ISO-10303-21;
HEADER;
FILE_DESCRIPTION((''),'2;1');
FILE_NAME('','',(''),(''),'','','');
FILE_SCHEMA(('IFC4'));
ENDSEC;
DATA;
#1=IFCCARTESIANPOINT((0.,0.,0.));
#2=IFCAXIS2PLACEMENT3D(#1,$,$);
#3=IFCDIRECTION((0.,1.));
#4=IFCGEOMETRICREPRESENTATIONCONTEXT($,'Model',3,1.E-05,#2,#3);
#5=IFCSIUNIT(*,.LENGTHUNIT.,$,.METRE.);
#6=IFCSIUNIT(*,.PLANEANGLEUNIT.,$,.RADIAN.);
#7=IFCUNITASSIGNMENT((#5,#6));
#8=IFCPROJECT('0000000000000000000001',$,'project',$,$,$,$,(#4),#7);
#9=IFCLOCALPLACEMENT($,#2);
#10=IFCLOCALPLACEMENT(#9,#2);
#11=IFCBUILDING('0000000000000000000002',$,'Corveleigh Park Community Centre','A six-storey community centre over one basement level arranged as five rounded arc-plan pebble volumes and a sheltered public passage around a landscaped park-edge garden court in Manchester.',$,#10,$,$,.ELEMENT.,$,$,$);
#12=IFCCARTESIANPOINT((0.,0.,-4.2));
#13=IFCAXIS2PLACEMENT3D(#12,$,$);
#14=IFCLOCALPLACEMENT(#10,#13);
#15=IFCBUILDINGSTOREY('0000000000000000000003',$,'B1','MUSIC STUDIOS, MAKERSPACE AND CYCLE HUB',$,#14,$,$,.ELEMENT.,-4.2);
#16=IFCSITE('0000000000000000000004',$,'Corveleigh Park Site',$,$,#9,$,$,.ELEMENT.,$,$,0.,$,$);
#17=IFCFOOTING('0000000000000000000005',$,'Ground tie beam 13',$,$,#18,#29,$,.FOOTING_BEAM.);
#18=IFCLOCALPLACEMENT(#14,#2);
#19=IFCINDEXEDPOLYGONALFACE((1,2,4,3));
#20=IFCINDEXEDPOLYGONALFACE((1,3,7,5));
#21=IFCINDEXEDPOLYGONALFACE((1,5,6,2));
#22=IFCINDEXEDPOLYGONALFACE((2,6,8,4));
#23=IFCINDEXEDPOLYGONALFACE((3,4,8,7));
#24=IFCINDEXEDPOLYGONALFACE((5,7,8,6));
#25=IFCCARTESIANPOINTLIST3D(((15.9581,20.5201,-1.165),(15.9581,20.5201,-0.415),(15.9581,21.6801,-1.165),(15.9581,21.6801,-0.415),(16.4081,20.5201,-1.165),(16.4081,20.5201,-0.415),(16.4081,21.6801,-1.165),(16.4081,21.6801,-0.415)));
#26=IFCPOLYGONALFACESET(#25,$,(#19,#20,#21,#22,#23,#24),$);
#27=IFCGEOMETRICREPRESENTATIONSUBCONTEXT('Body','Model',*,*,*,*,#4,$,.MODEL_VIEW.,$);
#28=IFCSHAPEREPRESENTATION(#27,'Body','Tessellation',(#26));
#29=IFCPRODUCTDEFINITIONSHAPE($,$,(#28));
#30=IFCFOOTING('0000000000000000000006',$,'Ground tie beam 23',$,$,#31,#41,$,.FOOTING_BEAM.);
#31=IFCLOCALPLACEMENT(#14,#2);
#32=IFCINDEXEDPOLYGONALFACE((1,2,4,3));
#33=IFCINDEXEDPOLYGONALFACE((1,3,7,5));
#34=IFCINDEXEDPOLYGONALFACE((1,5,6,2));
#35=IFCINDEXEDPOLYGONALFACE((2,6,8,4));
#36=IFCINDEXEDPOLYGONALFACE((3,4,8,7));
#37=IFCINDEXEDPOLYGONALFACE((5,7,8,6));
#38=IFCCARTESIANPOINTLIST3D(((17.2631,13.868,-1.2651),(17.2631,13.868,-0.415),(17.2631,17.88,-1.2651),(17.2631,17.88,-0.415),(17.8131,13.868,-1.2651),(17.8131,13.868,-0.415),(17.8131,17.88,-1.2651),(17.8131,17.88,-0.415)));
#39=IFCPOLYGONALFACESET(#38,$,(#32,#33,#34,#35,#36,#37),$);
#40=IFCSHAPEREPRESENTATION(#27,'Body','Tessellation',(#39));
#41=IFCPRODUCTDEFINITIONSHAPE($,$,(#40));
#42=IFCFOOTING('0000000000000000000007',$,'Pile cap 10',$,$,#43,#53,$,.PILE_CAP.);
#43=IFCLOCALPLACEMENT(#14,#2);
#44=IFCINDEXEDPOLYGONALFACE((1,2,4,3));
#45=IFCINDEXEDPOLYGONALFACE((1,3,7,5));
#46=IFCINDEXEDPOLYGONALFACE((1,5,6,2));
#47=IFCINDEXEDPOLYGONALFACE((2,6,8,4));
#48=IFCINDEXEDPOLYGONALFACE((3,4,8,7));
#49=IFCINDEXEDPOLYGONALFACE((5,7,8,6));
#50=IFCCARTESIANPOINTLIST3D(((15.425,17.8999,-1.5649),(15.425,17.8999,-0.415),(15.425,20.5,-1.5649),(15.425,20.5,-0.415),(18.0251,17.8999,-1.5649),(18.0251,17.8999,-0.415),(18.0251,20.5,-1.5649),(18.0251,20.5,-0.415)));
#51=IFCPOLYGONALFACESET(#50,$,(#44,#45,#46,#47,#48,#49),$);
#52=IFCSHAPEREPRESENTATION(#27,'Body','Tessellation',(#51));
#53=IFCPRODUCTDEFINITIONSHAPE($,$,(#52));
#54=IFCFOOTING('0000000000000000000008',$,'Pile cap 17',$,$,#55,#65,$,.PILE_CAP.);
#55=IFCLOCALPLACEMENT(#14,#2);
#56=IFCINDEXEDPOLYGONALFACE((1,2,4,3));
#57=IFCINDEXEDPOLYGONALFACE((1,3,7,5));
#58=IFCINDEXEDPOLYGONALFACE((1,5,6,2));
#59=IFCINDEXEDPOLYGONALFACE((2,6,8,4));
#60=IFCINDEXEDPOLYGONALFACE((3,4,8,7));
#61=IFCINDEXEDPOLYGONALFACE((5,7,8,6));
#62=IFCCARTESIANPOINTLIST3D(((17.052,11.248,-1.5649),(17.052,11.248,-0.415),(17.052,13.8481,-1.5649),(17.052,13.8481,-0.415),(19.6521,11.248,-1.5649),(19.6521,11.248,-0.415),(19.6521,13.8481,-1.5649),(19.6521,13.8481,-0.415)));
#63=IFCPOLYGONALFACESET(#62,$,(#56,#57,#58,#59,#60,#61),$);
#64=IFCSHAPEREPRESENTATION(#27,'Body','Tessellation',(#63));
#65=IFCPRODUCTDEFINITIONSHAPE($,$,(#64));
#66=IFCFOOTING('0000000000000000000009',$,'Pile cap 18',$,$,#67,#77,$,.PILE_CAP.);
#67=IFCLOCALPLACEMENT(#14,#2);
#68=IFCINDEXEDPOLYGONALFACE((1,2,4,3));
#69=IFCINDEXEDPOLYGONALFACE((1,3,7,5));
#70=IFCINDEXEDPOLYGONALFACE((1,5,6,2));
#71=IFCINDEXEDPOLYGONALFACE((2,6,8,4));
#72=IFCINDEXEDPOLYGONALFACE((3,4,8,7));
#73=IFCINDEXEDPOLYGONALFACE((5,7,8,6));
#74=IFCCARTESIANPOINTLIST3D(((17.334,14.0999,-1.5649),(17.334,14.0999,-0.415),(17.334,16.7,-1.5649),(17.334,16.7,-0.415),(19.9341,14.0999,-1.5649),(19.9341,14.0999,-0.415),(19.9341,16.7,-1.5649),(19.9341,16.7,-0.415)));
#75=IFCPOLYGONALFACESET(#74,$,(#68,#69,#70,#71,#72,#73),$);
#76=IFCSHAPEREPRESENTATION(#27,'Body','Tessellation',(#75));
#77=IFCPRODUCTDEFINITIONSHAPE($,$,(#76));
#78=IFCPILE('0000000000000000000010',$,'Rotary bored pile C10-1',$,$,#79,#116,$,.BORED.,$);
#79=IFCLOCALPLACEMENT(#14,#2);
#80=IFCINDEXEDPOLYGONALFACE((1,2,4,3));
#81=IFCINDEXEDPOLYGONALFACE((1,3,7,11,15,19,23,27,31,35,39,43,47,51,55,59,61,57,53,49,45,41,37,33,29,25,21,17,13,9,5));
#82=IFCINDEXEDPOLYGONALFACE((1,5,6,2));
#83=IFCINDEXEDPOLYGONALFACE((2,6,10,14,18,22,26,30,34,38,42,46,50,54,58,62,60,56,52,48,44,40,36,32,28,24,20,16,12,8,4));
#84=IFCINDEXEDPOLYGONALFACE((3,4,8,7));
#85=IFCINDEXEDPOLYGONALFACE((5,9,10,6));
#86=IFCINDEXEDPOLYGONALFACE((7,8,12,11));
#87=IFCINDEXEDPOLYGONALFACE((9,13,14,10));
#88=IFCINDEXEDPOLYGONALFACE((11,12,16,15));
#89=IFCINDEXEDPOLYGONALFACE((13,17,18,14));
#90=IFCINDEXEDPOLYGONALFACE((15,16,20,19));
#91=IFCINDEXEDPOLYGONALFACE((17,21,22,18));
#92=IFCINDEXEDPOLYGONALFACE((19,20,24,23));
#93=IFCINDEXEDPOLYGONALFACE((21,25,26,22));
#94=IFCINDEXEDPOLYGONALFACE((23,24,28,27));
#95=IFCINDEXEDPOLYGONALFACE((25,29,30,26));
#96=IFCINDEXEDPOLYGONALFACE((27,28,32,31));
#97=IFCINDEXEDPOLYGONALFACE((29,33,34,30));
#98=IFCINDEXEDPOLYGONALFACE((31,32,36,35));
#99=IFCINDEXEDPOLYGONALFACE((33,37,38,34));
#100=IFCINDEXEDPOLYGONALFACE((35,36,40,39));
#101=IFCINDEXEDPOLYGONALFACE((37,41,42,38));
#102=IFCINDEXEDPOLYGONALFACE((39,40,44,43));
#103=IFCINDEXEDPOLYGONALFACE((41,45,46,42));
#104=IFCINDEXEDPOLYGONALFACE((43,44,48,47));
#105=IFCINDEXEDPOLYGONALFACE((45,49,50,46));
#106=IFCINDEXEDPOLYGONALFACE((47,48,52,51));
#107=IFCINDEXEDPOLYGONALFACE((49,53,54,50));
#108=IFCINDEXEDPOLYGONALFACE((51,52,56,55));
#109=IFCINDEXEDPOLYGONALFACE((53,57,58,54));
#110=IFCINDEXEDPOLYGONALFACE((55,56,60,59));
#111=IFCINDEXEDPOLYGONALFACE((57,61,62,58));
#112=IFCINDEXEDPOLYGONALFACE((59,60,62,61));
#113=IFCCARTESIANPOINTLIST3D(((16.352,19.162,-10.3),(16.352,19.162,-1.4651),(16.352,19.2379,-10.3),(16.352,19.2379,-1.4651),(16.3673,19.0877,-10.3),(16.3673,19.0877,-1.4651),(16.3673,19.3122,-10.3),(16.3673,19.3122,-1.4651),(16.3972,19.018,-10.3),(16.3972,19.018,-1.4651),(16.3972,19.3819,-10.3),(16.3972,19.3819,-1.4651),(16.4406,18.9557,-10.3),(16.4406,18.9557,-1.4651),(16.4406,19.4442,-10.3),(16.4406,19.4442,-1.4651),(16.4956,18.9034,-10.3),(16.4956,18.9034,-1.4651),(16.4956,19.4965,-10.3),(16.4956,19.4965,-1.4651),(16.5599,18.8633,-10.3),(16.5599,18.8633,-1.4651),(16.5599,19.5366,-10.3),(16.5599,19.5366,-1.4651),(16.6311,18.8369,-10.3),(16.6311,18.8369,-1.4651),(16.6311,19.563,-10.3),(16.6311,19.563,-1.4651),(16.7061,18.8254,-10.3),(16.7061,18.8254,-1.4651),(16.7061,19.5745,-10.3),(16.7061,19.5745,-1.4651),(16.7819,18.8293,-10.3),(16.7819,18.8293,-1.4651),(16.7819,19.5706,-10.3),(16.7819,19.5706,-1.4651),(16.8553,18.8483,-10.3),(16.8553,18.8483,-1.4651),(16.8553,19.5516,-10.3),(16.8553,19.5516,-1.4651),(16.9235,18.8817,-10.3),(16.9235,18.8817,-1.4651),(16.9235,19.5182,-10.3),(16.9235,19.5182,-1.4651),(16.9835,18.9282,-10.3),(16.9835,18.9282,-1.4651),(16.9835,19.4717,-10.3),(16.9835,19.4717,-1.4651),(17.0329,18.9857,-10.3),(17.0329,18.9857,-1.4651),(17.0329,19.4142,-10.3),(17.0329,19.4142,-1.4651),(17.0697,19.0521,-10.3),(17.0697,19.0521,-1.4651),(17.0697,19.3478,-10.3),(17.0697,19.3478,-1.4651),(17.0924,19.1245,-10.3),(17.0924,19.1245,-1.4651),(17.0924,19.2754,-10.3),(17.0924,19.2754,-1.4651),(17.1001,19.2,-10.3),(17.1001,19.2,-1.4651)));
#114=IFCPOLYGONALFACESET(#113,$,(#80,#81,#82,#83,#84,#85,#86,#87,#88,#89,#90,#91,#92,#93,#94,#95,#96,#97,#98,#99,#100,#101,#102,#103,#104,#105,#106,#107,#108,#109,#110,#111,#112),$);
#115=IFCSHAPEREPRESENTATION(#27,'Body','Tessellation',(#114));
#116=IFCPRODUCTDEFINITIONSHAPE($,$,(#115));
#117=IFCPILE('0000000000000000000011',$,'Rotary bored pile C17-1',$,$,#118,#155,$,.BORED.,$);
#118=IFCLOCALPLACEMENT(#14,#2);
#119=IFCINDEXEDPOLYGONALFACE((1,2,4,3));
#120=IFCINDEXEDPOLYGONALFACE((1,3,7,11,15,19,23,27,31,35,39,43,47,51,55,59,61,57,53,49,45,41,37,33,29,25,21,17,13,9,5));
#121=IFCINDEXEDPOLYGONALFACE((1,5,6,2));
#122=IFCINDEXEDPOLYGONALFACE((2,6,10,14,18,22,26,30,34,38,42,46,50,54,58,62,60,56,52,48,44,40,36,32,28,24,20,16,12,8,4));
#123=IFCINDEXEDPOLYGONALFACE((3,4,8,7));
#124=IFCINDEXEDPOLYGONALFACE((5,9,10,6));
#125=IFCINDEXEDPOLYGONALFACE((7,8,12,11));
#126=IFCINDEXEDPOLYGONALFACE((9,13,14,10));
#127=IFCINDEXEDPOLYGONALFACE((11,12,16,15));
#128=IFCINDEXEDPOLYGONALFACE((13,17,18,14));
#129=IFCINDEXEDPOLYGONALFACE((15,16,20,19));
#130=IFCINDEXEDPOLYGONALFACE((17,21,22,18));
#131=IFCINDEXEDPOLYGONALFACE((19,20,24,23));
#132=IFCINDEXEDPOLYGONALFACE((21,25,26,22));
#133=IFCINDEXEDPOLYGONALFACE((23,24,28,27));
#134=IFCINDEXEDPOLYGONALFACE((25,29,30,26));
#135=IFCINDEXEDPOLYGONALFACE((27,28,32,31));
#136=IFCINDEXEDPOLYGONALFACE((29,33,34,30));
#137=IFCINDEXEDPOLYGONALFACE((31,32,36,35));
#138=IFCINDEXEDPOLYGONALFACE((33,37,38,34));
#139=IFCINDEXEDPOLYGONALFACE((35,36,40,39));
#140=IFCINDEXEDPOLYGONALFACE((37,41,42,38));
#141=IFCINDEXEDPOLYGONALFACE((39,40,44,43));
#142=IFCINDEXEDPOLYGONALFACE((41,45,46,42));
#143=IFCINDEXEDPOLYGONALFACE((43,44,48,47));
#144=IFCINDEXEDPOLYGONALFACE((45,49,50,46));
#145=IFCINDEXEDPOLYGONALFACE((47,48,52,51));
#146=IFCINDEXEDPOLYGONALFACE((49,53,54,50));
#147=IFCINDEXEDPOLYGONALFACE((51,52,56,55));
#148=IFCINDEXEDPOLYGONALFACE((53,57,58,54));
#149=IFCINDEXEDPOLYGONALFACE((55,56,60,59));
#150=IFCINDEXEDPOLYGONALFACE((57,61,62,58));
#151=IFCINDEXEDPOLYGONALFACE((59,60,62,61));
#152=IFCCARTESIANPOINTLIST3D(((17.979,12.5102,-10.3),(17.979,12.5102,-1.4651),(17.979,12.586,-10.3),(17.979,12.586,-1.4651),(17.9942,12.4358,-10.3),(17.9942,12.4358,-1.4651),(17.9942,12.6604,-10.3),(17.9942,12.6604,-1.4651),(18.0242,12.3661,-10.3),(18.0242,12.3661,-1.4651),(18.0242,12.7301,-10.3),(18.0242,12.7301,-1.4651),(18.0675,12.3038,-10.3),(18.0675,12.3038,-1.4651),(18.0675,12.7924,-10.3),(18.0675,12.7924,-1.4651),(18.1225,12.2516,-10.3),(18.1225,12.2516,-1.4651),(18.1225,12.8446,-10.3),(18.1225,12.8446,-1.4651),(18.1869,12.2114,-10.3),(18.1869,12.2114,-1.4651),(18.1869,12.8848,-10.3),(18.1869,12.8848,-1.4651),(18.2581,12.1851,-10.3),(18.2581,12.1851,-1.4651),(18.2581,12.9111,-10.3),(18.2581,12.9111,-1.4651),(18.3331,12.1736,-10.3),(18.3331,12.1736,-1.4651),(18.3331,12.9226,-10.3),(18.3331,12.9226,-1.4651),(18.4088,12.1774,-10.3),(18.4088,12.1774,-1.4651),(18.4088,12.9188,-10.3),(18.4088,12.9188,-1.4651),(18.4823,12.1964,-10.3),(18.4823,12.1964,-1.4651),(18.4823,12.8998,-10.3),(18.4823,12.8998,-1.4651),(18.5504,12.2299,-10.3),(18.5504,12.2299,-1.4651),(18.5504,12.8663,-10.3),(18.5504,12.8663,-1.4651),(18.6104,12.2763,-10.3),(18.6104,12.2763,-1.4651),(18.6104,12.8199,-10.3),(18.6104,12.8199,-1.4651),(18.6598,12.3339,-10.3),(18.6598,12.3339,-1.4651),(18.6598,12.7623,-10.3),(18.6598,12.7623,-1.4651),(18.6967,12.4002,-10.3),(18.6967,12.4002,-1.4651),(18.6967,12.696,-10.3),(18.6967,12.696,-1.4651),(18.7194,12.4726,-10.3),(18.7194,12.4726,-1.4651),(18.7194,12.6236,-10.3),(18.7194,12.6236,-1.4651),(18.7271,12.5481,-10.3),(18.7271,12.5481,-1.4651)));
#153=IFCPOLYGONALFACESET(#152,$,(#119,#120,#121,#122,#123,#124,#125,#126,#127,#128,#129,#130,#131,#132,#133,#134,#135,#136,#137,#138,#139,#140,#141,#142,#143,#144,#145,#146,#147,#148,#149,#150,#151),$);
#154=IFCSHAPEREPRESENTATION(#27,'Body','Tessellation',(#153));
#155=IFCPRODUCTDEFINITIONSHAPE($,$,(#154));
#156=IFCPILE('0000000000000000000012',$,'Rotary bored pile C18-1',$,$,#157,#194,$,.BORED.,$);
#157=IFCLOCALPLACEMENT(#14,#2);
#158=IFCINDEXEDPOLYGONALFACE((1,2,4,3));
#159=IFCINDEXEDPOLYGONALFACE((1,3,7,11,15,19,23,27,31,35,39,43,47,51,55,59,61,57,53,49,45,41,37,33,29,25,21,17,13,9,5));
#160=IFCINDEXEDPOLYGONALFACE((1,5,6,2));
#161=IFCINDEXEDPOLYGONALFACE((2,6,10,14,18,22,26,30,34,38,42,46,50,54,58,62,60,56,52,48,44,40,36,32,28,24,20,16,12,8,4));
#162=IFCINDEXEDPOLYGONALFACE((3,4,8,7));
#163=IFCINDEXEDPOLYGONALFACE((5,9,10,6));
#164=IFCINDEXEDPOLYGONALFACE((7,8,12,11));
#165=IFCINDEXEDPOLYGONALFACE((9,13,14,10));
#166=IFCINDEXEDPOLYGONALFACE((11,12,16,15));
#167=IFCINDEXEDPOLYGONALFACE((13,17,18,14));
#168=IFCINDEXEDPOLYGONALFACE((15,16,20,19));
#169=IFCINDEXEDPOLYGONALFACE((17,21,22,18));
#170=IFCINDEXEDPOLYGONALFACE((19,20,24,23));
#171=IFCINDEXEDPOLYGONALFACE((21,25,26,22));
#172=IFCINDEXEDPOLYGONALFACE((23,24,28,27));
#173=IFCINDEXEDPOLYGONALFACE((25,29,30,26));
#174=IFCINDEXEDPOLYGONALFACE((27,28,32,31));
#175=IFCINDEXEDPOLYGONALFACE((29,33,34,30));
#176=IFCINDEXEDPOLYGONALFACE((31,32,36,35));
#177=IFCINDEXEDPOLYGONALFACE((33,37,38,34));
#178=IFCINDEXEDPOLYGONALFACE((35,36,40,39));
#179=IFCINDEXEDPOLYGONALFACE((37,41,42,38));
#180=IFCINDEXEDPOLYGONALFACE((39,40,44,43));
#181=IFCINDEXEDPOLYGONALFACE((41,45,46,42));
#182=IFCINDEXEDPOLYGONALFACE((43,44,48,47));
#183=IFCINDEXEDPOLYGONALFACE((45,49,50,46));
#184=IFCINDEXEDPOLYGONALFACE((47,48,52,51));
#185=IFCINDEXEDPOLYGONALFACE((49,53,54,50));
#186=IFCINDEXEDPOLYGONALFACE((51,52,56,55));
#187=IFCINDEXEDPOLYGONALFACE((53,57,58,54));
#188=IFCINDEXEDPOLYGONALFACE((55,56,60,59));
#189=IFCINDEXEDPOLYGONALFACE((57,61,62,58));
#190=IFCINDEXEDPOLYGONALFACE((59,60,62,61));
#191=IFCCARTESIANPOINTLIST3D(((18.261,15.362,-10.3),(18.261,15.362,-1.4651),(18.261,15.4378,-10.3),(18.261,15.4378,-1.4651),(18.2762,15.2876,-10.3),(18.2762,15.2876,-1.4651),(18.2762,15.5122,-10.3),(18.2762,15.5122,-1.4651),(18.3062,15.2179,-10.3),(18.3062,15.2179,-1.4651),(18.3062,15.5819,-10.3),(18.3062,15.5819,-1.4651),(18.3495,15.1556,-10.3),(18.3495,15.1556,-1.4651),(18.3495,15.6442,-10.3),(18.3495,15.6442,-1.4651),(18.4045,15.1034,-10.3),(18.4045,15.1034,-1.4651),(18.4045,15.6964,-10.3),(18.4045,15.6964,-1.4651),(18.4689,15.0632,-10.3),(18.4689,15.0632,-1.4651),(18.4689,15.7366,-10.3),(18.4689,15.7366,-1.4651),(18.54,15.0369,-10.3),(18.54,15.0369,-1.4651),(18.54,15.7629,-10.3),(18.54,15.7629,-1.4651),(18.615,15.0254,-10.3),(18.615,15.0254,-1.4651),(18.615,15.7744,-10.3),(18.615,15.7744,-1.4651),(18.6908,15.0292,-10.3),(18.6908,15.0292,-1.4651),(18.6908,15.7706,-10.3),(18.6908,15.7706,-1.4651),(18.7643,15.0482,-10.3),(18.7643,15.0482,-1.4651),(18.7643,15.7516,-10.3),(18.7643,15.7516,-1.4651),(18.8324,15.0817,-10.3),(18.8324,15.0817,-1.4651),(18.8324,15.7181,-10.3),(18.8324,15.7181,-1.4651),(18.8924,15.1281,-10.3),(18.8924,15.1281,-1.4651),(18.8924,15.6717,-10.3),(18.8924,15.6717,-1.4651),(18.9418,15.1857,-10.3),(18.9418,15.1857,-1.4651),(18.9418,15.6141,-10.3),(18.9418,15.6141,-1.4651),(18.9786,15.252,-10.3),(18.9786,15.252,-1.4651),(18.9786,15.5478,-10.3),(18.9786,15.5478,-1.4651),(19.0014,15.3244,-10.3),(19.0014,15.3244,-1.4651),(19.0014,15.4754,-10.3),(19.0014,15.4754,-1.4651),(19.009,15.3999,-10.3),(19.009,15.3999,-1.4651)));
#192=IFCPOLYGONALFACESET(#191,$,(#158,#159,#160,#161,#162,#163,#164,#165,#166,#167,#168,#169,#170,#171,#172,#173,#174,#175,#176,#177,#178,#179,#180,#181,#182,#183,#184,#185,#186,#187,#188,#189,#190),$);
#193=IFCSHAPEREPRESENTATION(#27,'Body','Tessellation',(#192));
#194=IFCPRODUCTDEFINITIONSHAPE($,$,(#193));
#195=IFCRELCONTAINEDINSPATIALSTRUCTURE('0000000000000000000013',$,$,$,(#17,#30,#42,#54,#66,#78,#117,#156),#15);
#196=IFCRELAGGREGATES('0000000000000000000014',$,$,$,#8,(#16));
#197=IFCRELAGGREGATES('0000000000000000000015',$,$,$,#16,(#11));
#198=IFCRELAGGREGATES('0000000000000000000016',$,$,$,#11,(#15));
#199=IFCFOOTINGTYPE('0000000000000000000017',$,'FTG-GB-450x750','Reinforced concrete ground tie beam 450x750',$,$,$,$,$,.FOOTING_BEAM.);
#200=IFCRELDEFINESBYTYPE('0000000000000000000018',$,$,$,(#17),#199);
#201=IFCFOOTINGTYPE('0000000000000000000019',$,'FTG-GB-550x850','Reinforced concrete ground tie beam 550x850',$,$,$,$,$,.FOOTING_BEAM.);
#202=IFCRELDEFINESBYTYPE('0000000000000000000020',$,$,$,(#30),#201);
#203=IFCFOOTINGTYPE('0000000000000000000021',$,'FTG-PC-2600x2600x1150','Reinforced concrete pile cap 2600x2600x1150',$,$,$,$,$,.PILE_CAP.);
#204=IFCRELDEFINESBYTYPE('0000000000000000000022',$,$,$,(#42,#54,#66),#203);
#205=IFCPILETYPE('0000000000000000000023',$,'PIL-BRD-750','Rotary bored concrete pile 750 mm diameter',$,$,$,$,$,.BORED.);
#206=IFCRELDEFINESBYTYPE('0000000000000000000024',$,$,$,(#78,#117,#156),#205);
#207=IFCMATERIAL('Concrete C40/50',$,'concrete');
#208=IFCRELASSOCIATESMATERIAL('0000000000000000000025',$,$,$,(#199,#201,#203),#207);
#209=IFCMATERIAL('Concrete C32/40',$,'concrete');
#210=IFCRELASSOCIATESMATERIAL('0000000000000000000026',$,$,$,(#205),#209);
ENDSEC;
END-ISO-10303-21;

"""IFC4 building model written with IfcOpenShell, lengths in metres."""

from ifc_helpers import new_model, si_unit, direction, frame, origin, origin_2d, place, context, subcontext, project, spatial, rectangle, circle, extrude, material, material_profile, profile_set, type_object, element, save


model = new_model("IFC4")

# Units and contexts
model_context = context("Model", 3, precision=1e-05, world=origin(), true_north=direction((0.0, 1.0)))
body_context = subcontext(model_context, "Body", "Model", "MODEL_VIEW")
ifc_project = project(units=[si_unit("LENGTHUNIT", "METRE"), si_unit("PLANEANGLEUNIT", "RADIAN")], contexts=[model_context])

# Site, building, storey
site_placement = place(None, origin())
site = spatial("IfcSite", under=ifc_project, at=site_placement, Name="Corveleigh Park Site", CompositionType="ELEMENT", RefElevation=0.0)
building_placement = place(site_placement, origin())
building = spatial("IfcBuilding", under=site, at=building_placement, Name="Corveleigh Park Community Centre", Description="A six-storey community centre over one basement level arranged as five rounded arc-plan pebble volumes and a sheltered public passage around a landscaped park-edge garden court in Manchester.", CompositionType="ELEMENT")
storey_placement = place(building_placement, frame((0.0, 0.0, -4.2)))
storey = spatial("IfcBuildingStorey", under=building, at=storey_placement, Name="B1", Description="MUSIC STUDIOS, MAKERSPACE AND CYCLE HUB", CompositionType="ELEMENT", Elevation=-4.2)

# Footings
ifc_material_1 = material(Name="Concrete C40/50", Category="concrete")
footing_type_1 = type_object("IfcFootingType", Name="FTG-GB-450x750", Description="Reinforced concrete ground tie beam 450x750", PredefinedType="FOOTING_BEAM", material=ifc_material_1)
footing_1_placement = place(storey_placement, frame((16.1831, 21.1001, -1.165), z_axis=(0.0, 0.0, 1.0), x_axis=(1.0, 0.0, 0.0)))
element("IfcFooting", 1, at=footing_1_placement, inside=storey, type_object=footing_type_1, Name="Ground tie beam 13", PredefinedType="FOOTING_BEAM", context=body_context, shape_type="SweptSolid", body=[
    extrude(rectangle(XDim=0.45, YDim=1.1599, at=origin_2d()), origin(), (0.0, 0.0, 1.0), 0.75),
])
footing_type_2 = type_object("IfcFootingType", Name="FTG-GB-550x850", Description="Reinforced concrete ground tie beam 550x850", PredefinedType="FOOTING_BEAM", material=ifc_material_1)
footing_2_placement = place(storey_placement, frame((17.5381, 15.874, -1.2651), z_axis=(0.0, 0.0, 1.0), x_axis=(1.0, 0.0, 0.0)))
element("IfcFooting", 2, at=footing_2_placement, inside=storey, type_object=footing_type_2, Name="Ground tie beam 23", PredefinedType="FOOTING_BEAM", context=body_context, shape_type="SweptSolid", body=[
    extrude(rectangle(XDim=0.55, YDim=4.012, at=origin_2d()), origin(), (0.0, 0.0, 1.0), 0.8501),
])
footing_type_3 = type_object("IfcFootingType", Name="FTG-PC-2600x2600x1150", Description="Reinforced concrete pile cap 2600x2600x1150", PredefinedType="PILE_CAP", material=ifc_material_1)
for number, where, z_axis, x_axis, name in (
    (3, (16.7251, 19.2, -1.5649), (0.0, 0.0, 1.0), (1.0, 0.0, 0.0), "Pile cap 10"),
    (4, (18.3521, 12.5481, -1.5649), (0.0, 0.0, 1.0), (1.0, 0.0, 0.0), "Pile cap 17"),
    (5, (18.634, 15.3999, -1.5649), (0.0, 0.0, 1.0), (1.0, 0.0, 0.0), "Pile cap 18"),
):
    element("IfcFooting", number, at=place(storey_placement, frame(where, z_axis=z_axis, x_axis=x_axis)), inside=storey, type_object=footing_type_3, Name=name, PredefinedType="PILE_CAP", context=body_context, shape_type="SweptSolid", body=[
        extrude(rectangle(XDim=2.6001, YDim=2.6001, at=origin_2d()), origin(), (0.0, 0.0, 1.0), 1.1499),
    ])

# Piles
ifc_material_2 = material(Name="Concrete C32/40", Category="concrete")
ifc_material_profile_1 = material_profile(ifc_material_2, circle(Radius=0.375, at=origin_2d()), Name="BORED-PILE-750", Category="concrete")
ifc_profile_set_1 = profile_set([ifc_material_profile_1], Name="Concrete C32/40")
pile_type_1 = type_object("IfcPileType", Name="PIL-BRD-750", Description="Rotary bored concrete pile 750 mm diameter", PredefinedType="BORED", material=ifc_profile_set_1)
for number, where, z_axis, x_axis, name in (
    (6, (16.7251, 19.2, -1.4651), (0.0, 0.0, -1.0), (1.0, 0.0, 0.0), "Rotary bored pile C10-1"),
    (7, (18.3521, 12.5481, -1.4651), (0.0, 0.0, -1.0), (1.0, 0.0, 0.0), "Rotary bored pile C17-1"),
    (8, (18.634, 15.3999, -1.4651), (0.0, 0.0, -1.0), (1.0, 0.0, 0.0), "Rotary bored pile C18-1"),
):
    element("IfcPile", number, at=place(storey_placement, frame(where, z_axis=z_axis, x_axis=x_axis)), inside=storey, type_object=pile_type_1, Name=name, PredefinedType="BORED", context=body_context, shape_type="SweptSolid", body=[
        extrude(circle(Radius=0.375, at=origin_2d()), origin(), (0.0, 0.0, 1.0), 8.835),
    ])

save(model, "model.ifc")
